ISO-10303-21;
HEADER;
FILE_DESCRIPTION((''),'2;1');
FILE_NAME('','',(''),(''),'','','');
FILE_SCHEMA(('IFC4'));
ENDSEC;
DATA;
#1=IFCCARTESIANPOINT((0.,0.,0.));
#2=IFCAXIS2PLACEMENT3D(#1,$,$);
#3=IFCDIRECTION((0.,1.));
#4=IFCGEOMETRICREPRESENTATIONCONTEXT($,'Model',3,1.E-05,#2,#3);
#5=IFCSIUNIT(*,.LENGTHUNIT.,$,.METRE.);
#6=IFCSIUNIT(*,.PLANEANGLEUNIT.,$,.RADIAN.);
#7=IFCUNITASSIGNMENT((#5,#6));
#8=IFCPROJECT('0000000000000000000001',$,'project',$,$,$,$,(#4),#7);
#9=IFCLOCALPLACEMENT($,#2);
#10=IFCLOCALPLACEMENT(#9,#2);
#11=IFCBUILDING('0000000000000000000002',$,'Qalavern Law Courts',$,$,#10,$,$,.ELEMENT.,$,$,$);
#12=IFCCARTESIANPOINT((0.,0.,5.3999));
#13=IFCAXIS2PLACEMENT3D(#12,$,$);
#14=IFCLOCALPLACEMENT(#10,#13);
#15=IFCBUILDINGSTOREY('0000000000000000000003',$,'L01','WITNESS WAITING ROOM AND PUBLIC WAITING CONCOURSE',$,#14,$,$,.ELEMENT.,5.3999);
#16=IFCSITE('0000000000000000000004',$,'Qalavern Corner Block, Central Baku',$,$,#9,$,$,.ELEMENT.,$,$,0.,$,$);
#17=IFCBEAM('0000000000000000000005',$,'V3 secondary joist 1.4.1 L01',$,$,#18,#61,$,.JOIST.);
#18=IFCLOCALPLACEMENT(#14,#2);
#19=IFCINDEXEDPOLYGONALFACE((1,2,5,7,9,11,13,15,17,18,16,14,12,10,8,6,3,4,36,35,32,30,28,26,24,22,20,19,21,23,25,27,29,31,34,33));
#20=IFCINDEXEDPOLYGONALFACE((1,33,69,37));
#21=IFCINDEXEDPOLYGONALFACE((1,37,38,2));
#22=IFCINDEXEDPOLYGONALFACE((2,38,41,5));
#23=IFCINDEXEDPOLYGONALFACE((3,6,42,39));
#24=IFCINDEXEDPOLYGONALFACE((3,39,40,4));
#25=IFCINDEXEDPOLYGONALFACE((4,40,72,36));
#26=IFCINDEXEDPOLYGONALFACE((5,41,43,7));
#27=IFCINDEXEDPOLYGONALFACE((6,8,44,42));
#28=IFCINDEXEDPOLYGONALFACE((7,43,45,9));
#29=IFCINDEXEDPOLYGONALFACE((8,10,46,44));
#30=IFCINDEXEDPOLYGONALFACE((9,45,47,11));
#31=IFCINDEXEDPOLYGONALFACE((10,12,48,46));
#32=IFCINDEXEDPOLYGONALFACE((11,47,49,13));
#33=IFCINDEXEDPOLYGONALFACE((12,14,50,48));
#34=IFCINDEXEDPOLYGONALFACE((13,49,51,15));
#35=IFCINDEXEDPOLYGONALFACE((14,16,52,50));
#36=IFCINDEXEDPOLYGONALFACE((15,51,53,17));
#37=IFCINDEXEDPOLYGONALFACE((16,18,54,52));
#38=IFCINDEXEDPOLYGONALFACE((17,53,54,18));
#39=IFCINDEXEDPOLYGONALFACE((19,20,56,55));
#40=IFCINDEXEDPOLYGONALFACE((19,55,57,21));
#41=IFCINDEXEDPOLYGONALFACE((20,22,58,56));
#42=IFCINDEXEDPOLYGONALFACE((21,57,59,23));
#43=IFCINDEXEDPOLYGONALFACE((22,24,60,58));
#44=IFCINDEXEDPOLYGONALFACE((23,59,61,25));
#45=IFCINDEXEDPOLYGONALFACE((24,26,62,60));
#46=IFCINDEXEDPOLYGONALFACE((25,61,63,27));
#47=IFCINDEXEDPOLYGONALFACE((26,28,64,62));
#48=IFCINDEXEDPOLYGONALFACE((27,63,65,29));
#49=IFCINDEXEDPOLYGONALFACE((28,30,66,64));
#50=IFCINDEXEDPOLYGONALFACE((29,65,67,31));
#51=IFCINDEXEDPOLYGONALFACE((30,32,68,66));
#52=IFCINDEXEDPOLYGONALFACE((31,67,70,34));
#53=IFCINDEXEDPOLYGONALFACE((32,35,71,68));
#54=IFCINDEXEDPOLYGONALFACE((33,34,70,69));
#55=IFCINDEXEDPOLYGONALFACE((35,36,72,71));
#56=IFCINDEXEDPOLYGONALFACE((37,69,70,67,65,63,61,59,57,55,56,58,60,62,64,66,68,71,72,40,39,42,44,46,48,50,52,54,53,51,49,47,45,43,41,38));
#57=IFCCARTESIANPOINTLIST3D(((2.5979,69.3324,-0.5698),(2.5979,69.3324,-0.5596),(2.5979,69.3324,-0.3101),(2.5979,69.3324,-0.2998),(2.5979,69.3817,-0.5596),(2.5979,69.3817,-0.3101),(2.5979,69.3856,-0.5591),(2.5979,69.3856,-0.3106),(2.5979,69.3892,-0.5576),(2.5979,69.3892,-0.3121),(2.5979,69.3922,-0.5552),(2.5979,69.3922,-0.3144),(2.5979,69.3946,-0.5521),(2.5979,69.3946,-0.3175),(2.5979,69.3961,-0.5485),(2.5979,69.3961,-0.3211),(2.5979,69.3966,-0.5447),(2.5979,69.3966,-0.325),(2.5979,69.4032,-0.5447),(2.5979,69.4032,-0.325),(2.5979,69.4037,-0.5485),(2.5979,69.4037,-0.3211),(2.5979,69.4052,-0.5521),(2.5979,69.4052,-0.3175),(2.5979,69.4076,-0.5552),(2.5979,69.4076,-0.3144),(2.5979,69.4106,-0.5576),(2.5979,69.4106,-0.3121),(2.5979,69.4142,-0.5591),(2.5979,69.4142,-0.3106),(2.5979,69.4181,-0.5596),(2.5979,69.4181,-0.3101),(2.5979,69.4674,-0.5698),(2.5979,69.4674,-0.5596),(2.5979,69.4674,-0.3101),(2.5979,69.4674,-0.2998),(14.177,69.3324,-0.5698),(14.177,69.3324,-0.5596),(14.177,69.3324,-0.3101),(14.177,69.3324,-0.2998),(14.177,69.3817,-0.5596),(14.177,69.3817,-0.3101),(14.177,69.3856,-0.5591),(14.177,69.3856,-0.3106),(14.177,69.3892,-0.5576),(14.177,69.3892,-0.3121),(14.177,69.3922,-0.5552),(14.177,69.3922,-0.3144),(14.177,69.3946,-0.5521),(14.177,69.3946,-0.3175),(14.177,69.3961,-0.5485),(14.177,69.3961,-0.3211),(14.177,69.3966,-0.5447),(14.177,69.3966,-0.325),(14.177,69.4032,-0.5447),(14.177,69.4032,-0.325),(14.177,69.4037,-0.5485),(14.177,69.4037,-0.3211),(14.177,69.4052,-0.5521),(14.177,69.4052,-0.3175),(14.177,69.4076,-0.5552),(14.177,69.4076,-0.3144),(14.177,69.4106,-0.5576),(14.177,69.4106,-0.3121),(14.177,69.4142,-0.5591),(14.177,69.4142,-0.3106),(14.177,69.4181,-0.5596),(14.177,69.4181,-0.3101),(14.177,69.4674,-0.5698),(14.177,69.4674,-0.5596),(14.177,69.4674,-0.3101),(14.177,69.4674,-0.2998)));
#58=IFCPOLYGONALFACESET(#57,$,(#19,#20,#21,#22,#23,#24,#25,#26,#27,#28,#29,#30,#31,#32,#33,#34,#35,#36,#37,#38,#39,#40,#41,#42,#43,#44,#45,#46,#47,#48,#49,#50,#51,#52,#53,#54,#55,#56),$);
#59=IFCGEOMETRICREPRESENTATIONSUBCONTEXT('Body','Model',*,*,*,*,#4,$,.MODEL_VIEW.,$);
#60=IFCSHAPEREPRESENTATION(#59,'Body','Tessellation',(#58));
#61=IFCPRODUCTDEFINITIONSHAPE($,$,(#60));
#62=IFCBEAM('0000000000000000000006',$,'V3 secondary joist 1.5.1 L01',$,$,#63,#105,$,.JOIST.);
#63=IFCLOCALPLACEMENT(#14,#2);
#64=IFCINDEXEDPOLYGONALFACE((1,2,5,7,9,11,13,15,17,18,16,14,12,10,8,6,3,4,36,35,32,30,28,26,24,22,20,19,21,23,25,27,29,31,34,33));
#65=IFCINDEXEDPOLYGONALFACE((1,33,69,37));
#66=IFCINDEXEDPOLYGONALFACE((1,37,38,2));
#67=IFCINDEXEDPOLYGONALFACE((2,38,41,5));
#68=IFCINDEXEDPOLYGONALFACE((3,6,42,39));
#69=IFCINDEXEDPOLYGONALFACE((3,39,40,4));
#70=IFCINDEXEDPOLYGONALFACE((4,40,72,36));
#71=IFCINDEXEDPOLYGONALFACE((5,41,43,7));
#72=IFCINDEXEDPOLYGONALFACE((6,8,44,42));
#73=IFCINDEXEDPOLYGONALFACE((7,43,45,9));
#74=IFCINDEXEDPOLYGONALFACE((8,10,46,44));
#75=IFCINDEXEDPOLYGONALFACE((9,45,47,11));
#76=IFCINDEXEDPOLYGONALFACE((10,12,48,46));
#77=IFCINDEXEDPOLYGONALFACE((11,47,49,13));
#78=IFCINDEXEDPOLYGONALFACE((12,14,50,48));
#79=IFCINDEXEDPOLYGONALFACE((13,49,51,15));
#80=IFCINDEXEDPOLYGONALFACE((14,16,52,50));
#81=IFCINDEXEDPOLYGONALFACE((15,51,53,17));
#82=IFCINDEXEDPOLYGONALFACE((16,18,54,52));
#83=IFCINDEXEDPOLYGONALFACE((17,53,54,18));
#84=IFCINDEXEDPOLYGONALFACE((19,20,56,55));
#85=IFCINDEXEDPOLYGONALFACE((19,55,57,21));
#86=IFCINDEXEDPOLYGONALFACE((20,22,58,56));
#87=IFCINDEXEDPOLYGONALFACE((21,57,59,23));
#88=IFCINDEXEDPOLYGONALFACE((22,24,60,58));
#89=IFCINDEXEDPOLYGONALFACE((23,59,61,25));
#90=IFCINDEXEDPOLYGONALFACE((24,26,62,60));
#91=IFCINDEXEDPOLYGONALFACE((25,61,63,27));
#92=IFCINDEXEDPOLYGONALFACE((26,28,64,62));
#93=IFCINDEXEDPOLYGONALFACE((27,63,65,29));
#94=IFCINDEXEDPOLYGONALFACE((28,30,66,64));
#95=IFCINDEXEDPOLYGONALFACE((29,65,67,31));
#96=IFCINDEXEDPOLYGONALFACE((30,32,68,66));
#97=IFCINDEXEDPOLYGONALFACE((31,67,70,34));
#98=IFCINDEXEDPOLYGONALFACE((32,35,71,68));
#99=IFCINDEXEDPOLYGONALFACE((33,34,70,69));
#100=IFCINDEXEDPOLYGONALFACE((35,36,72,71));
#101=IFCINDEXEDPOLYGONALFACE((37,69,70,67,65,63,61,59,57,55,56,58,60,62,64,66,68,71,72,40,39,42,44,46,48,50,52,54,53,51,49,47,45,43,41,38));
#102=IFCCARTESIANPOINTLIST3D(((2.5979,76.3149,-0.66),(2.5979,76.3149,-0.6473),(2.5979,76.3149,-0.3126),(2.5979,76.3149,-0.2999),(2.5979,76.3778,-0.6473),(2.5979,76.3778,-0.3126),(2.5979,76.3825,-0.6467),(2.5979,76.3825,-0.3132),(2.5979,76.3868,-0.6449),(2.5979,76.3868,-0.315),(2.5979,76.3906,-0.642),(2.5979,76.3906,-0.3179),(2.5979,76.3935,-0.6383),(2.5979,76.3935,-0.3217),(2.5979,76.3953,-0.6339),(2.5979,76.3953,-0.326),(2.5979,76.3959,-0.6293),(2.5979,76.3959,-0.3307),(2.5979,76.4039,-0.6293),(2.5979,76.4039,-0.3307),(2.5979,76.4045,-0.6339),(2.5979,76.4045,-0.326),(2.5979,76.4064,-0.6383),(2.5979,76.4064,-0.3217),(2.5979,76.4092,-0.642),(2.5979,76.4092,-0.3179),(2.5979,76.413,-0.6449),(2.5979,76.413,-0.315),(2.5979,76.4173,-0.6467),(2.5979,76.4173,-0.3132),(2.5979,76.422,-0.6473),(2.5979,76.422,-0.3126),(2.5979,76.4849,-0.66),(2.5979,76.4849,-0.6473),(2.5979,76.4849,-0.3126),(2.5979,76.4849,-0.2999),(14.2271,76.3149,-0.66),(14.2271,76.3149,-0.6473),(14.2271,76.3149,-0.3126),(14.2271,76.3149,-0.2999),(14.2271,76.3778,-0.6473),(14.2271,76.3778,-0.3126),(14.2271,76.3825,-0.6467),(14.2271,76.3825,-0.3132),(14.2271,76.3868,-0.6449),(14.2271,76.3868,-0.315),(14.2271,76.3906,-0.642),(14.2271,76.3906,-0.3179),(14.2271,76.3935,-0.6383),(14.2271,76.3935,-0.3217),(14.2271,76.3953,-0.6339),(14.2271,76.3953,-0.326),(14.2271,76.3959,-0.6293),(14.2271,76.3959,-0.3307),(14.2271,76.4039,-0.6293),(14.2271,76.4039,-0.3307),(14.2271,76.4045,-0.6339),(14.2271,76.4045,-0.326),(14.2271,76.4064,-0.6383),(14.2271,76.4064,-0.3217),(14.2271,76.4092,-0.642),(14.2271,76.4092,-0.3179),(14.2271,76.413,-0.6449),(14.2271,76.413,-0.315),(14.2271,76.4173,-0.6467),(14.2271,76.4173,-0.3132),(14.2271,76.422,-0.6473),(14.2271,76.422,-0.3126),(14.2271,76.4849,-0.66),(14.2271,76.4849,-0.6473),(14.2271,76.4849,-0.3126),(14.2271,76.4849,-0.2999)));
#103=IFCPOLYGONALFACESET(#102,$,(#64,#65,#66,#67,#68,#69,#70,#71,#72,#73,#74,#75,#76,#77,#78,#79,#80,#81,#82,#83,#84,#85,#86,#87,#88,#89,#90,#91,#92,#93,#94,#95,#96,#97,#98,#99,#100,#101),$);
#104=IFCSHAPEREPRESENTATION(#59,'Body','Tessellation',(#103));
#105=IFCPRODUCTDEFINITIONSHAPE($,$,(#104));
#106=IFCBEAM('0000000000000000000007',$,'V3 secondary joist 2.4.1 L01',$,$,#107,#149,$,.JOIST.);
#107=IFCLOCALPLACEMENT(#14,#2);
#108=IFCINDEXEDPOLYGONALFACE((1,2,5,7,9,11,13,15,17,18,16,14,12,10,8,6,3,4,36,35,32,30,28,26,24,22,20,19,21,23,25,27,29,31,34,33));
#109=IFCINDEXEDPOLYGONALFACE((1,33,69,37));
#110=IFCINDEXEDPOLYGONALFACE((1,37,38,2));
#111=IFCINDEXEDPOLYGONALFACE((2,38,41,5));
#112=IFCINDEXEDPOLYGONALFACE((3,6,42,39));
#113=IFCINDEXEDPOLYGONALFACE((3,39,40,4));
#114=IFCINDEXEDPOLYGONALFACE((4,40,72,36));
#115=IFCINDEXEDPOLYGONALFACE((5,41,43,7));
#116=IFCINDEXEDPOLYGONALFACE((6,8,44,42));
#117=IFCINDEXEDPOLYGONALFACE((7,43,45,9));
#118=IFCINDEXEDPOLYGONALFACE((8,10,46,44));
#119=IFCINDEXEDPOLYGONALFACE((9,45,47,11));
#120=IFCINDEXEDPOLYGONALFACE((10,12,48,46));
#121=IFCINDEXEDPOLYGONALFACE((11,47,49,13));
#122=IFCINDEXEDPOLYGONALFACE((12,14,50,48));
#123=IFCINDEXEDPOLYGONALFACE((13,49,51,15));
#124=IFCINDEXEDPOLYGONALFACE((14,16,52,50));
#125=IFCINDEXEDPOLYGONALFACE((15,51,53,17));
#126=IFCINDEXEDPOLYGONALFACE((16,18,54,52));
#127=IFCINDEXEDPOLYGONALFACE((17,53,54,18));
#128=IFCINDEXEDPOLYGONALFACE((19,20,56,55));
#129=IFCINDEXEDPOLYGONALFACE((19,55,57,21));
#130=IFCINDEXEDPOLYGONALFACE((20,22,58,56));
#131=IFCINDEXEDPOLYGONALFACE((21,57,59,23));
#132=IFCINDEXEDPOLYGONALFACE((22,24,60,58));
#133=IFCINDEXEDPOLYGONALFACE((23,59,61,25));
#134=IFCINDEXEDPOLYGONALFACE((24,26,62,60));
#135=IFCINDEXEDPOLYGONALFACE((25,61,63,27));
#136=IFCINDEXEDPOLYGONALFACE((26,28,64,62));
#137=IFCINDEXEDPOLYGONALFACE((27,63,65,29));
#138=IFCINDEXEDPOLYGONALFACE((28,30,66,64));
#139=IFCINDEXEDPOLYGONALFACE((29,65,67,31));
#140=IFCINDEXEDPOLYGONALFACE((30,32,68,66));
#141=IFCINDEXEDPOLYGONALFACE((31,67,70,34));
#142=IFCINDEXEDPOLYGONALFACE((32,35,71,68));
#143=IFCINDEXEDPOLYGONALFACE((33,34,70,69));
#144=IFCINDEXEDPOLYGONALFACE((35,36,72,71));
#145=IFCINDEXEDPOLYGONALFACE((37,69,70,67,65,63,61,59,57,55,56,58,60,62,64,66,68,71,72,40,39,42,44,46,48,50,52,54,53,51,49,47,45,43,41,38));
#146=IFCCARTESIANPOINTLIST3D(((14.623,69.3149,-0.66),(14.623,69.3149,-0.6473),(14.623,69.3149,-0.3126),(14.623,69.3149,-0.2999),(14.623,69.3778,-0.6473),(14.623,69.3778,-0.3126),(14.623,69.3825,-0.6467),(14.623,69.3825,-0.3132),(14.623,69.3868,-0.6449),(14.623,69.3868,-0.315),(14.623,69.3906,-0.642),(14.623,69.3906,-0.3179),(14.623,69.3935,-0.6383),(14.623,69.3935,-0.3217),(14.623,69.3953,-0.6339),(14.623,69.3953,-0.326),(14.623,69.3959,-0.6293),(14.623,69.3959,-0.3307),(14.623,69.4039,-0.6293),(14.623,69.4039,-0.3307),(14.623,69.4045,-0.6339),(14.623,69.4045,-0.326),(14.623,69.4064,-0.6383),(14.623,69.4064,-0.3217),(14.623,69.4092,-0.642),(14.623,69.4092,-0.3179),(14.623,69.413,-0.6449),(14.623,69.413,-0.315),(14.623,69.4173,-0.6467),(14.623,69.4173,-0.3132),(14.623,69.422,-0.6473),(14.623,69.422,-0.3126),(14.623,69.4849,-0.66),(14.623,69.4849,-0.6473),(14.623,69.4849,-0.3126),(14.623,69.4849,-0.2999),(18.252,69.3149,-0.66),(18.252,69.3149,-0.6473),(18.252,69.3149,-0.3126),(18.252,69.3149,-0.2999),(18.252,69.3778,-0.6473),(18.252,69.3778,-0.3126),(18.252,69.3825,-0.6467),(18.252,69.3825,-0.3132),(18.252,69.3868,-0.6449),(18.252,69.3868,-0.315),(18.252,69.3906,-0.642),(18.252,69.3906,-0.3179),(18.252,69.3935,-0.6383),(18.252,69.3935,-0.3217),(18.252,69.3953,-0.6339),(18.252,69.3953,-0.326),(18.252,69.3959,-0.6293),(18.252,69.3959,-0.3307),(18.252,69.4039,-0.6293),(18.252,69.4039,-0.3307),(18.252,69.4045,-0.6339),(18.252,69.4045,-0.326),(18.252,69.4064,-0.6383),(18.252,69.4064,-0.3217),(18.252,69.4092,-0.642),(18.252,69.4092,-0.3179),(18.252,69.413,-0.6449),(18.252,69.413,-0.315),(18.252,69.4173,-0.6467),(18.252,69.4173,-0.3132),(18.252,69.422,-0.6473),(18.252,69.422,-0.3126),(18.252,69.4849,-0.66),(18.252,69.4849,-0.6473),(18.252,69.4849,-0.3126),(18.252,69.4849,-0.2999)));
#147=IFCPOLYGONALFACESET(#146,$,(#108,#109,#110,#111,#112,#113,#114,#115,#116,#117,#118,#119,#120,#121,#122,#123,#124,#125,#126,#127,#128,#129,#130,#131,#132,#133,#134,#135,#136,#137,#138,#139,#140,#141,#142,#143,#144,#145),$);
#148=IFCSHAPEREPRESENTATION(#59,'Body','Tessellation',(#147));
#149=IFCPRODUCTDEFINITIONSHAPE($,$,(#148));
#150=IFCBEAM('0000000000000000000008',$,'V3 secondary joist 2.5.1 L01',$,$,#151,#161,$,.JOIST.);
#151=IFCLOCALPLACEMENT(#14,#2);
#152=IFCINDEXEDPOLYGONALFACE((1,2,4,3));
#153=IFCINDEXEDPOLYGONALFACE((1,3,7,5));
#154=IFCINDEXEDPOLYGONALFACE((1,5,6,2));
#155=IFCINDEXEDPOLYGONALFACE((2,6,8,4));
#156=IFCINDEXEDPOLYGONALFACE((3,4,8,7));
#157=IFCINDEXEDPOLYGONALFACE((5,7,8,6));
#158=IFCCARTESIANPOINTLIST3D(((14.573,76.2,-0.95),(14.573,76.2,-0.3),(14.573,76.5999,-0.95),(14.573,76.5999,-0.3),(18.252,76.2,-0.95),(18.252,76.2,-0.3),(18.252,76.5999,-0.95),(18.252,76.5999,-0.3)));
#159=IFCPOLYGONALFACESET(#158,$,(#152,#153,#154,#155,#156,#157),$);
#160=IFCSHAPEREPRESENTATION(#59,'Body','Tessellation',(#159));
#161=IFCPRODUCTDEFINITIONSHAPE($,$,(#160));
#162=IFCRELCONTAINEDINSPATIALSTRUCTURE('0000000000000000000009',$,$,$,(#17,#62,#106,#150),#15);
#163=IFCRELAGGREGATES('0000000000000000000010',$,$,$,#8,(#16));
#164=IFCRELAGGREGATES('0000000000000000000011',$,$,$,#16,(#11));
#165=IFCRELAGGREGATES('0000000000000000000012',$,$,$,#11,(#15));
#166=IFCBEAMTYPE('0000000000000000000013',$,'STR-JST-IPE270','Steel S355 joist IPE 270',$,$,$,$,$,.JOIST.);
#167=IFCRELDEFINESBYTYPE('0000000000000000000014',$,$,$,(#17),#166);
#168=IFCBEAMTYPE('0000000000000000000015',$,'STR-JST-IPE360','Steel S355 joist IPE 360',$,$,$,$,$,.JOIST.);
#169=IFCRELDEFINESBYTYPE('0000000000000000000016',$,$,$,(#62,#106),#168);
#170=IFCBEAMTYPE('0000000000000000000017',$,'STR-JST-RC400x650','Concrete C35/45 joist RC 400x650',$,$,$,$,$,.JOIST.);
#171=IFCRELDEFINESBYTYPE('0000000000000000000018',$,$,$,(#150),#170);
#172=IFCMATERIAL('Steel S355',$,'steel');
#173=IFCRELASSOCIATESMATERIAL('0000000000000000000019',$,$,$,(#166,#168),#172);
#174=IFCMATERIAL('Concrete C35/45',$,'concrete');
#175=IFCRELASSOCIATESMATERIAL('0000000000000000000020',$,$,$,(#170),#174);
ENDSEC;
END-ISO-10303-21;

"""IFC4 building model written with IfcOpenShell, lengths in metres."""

from ifc_helpers import new_model, si_unit, direction, frame, origin, origin_2d, place, context, subcontext, project, spatial, rectangle, i_section, extrude, material, material_profile, profile_set, type_object, element, save


model = new_model("IFC4")

# Units and contexts
model_context = context("Model", 3, precision=1e-05, world=origin(), true_north=direction((0.0, 1.0)))
body_context = subcontext(model_context, "Body", "Model", "MODEL_VIEW")
ifc_project = project(units=[si_unit("LENGTHUNIT", "METRE"), si_unit("PLANEANGLEUNIT", "RADIAN")], contexts=[model_context])

# Site, building, storey
site_placement = place(None, origin())
site = spatial("IfcSite", under=ifc_project, at=site_placement, Name="Qalavern Corner Block, Central Baku", CompositionType="ELEMENT", RefElevation=0.0)
building_placement = place(site_placement, origin())
building = spatial("IfcBuilding", under=site, at=building_placement, Name="Qalavern Law Courts", CompositionType="ELEMENT")
storey_placement = place(building_placement, frame((0.0, 0.0, 5.3999)))
storey = spatial("IfcBuildingStorey", under=building, at=storey_placement, Name="L01", Description="WITNESS WAITING ROOM AND PUBLIC WAITING CONCOURSE", CompositionType="ELEMENT", Elevation=5.3999)

# Beams
ifc_material_1 = material(Name="Steel S355", Category="steel")
ifc_material_2 = material(Name="Concrete C35/45", Category="concrete")
ifc_material_profile_1 = material_profile(ifc_material_1, i_section(OverallWidth=0.135, OverallDepth=0.27, WebThickness=0.0066, FlangeThickness=0.0103, FilletRadius=0.0149, at=origin_2d()), Name="IPE 270")
ifc_profile_set_1 = profile_set([ifc_material_profile_1], Name="Steel S355")
beam_type_1 = type_object("IfcBeamType", Name="STR-JST-IPE270", Description="Steel S355 joist IPE 270", PredefinedType="JOIST", material=ifc_profile_set_1)
beam_1_placement = place(storey_placement, frame((2.5979, 69.3999, -0.4348), z_axis=(1.0, 0.0, 0.0), x_axis=(0.0, 1.0, 0.0)))
element("IfcBeam", 1, at=beam_1_placement, inside=storey, type_object=beam_type_1, Name="V3 secondary joist 1.4.1 L01", PredefinedType="JOIST", context=body_context, shape_type="SweptSolid", body=[
    extrude(i_section(OverallWidth=0.135, OverallDepth=0.27, WebThickness=0.0066, FlangeThickness=0.0103, FilletRadius=0.0149, at=origin_2d()), origin(), (0.0, 0.0, 1.0), 11.5791),
])
ifc_material_profile_2 = material_profile(ifc_material_1, i_section(OverallWidth=0.1699, OverallDepth=0.3601, WebThickness=0.0081, FlangeThickness=0.0127, FilletRadius=0.0181, at=origin_2d()), Name="IPE 360")
ifc_profile_set_2 = profile_set([ifc_material_profile_2], Name="Steel S355")
beam_type_2 = type_object("IfcBeamType", Name="STR-JST-IPE360", Description="Steel S355 joist IPE 360", PredefinedType="JOIST", material=ifc_profile_set_2)
beam_2_placement = place(storey_placement, frame((2.5979, 76.3999, -0.48), z_axis=(1.0, 0.0, 0.0), x_axis=(0.0, 1.0, 0.0)))
element("IfcBeam", 2, at=beam_2_placement, inside=storey, type_object=beam_type_2, Name="V3 secondary joist 1.5.1 L01", PredefinedType="JOIST", context=body_context, shape_type="SweptSolid", body=[
    extrude(i_section(OverallWidth=0.1699, OverallDepth=0.3601, WebThickness=0.0081, FlangeThickness=0.0127, FilletRadius=0.0181, at=origin_2d()), origin(), (0.0, 0.0, 1.0), 11.6292),
])
beam_3_placement = place(storey_placement, frame((14.623, 69.3999, -0.48), z_axis=(1.0, 0.0, 0.0), x_axis=(0.0, 1.0, 0.0)))
element("IfcBeam", 3, at=beam_3_placement, inside=storey, type_object=beam_type_2, Name="V3 secondary joist 2.4.1 L01", PredefinedType="JOIST", context=body_context, shape_type="SweptSolid", body=[
    extrude(i_section(OverallWidth=0.1699, OverallDepth=0.3601, WebThickness=0.0081, FlangeThickness=0.0127, FilletRadius=0.0181, at=origin_2d()), origin(), (0.0, 0.0, 1.0), 3.6289),
])
ifc_material_profile_3 = material_profile(ifc_material_2, rectangle(XDim=0.3999, YDim=0.6499, at=origin_2d()), Name="RC 400x650")
ifc_profile_set_3 = profile_set([ifc_material_profile_3], Name="Concrete C35/45")
beam_type_3 = type_object("IfcBeamType", Name="STR-JST-RC400x650", Description="Concrete C35/45 joist RC 400x650", PredefinedType="JOIST", material=ifc_profile_set_3)
beam_4_placement = place(storey_placement, frame((14.573, 76.3999, -0.625), z_axis=(1.0, 0.0, 0.0), x_axis=(0.0, 1.0, 0.0)))
element("IfcBeam", 4, at=beam_4_placement, inside=storey, type_object=beam_type_3, Name="V3 secondary joist 2.5.1 L01", PredefinedType="JOIST", context=body_context, shape_type="SweptSolid", body=[
    extrude(rectangle(XDim=0.3999, YDim=0.6499, at=origin_2d()), origin(), (0.0, 0.0, 1.0), 3.679),
])

save(model, "model.ifc")
